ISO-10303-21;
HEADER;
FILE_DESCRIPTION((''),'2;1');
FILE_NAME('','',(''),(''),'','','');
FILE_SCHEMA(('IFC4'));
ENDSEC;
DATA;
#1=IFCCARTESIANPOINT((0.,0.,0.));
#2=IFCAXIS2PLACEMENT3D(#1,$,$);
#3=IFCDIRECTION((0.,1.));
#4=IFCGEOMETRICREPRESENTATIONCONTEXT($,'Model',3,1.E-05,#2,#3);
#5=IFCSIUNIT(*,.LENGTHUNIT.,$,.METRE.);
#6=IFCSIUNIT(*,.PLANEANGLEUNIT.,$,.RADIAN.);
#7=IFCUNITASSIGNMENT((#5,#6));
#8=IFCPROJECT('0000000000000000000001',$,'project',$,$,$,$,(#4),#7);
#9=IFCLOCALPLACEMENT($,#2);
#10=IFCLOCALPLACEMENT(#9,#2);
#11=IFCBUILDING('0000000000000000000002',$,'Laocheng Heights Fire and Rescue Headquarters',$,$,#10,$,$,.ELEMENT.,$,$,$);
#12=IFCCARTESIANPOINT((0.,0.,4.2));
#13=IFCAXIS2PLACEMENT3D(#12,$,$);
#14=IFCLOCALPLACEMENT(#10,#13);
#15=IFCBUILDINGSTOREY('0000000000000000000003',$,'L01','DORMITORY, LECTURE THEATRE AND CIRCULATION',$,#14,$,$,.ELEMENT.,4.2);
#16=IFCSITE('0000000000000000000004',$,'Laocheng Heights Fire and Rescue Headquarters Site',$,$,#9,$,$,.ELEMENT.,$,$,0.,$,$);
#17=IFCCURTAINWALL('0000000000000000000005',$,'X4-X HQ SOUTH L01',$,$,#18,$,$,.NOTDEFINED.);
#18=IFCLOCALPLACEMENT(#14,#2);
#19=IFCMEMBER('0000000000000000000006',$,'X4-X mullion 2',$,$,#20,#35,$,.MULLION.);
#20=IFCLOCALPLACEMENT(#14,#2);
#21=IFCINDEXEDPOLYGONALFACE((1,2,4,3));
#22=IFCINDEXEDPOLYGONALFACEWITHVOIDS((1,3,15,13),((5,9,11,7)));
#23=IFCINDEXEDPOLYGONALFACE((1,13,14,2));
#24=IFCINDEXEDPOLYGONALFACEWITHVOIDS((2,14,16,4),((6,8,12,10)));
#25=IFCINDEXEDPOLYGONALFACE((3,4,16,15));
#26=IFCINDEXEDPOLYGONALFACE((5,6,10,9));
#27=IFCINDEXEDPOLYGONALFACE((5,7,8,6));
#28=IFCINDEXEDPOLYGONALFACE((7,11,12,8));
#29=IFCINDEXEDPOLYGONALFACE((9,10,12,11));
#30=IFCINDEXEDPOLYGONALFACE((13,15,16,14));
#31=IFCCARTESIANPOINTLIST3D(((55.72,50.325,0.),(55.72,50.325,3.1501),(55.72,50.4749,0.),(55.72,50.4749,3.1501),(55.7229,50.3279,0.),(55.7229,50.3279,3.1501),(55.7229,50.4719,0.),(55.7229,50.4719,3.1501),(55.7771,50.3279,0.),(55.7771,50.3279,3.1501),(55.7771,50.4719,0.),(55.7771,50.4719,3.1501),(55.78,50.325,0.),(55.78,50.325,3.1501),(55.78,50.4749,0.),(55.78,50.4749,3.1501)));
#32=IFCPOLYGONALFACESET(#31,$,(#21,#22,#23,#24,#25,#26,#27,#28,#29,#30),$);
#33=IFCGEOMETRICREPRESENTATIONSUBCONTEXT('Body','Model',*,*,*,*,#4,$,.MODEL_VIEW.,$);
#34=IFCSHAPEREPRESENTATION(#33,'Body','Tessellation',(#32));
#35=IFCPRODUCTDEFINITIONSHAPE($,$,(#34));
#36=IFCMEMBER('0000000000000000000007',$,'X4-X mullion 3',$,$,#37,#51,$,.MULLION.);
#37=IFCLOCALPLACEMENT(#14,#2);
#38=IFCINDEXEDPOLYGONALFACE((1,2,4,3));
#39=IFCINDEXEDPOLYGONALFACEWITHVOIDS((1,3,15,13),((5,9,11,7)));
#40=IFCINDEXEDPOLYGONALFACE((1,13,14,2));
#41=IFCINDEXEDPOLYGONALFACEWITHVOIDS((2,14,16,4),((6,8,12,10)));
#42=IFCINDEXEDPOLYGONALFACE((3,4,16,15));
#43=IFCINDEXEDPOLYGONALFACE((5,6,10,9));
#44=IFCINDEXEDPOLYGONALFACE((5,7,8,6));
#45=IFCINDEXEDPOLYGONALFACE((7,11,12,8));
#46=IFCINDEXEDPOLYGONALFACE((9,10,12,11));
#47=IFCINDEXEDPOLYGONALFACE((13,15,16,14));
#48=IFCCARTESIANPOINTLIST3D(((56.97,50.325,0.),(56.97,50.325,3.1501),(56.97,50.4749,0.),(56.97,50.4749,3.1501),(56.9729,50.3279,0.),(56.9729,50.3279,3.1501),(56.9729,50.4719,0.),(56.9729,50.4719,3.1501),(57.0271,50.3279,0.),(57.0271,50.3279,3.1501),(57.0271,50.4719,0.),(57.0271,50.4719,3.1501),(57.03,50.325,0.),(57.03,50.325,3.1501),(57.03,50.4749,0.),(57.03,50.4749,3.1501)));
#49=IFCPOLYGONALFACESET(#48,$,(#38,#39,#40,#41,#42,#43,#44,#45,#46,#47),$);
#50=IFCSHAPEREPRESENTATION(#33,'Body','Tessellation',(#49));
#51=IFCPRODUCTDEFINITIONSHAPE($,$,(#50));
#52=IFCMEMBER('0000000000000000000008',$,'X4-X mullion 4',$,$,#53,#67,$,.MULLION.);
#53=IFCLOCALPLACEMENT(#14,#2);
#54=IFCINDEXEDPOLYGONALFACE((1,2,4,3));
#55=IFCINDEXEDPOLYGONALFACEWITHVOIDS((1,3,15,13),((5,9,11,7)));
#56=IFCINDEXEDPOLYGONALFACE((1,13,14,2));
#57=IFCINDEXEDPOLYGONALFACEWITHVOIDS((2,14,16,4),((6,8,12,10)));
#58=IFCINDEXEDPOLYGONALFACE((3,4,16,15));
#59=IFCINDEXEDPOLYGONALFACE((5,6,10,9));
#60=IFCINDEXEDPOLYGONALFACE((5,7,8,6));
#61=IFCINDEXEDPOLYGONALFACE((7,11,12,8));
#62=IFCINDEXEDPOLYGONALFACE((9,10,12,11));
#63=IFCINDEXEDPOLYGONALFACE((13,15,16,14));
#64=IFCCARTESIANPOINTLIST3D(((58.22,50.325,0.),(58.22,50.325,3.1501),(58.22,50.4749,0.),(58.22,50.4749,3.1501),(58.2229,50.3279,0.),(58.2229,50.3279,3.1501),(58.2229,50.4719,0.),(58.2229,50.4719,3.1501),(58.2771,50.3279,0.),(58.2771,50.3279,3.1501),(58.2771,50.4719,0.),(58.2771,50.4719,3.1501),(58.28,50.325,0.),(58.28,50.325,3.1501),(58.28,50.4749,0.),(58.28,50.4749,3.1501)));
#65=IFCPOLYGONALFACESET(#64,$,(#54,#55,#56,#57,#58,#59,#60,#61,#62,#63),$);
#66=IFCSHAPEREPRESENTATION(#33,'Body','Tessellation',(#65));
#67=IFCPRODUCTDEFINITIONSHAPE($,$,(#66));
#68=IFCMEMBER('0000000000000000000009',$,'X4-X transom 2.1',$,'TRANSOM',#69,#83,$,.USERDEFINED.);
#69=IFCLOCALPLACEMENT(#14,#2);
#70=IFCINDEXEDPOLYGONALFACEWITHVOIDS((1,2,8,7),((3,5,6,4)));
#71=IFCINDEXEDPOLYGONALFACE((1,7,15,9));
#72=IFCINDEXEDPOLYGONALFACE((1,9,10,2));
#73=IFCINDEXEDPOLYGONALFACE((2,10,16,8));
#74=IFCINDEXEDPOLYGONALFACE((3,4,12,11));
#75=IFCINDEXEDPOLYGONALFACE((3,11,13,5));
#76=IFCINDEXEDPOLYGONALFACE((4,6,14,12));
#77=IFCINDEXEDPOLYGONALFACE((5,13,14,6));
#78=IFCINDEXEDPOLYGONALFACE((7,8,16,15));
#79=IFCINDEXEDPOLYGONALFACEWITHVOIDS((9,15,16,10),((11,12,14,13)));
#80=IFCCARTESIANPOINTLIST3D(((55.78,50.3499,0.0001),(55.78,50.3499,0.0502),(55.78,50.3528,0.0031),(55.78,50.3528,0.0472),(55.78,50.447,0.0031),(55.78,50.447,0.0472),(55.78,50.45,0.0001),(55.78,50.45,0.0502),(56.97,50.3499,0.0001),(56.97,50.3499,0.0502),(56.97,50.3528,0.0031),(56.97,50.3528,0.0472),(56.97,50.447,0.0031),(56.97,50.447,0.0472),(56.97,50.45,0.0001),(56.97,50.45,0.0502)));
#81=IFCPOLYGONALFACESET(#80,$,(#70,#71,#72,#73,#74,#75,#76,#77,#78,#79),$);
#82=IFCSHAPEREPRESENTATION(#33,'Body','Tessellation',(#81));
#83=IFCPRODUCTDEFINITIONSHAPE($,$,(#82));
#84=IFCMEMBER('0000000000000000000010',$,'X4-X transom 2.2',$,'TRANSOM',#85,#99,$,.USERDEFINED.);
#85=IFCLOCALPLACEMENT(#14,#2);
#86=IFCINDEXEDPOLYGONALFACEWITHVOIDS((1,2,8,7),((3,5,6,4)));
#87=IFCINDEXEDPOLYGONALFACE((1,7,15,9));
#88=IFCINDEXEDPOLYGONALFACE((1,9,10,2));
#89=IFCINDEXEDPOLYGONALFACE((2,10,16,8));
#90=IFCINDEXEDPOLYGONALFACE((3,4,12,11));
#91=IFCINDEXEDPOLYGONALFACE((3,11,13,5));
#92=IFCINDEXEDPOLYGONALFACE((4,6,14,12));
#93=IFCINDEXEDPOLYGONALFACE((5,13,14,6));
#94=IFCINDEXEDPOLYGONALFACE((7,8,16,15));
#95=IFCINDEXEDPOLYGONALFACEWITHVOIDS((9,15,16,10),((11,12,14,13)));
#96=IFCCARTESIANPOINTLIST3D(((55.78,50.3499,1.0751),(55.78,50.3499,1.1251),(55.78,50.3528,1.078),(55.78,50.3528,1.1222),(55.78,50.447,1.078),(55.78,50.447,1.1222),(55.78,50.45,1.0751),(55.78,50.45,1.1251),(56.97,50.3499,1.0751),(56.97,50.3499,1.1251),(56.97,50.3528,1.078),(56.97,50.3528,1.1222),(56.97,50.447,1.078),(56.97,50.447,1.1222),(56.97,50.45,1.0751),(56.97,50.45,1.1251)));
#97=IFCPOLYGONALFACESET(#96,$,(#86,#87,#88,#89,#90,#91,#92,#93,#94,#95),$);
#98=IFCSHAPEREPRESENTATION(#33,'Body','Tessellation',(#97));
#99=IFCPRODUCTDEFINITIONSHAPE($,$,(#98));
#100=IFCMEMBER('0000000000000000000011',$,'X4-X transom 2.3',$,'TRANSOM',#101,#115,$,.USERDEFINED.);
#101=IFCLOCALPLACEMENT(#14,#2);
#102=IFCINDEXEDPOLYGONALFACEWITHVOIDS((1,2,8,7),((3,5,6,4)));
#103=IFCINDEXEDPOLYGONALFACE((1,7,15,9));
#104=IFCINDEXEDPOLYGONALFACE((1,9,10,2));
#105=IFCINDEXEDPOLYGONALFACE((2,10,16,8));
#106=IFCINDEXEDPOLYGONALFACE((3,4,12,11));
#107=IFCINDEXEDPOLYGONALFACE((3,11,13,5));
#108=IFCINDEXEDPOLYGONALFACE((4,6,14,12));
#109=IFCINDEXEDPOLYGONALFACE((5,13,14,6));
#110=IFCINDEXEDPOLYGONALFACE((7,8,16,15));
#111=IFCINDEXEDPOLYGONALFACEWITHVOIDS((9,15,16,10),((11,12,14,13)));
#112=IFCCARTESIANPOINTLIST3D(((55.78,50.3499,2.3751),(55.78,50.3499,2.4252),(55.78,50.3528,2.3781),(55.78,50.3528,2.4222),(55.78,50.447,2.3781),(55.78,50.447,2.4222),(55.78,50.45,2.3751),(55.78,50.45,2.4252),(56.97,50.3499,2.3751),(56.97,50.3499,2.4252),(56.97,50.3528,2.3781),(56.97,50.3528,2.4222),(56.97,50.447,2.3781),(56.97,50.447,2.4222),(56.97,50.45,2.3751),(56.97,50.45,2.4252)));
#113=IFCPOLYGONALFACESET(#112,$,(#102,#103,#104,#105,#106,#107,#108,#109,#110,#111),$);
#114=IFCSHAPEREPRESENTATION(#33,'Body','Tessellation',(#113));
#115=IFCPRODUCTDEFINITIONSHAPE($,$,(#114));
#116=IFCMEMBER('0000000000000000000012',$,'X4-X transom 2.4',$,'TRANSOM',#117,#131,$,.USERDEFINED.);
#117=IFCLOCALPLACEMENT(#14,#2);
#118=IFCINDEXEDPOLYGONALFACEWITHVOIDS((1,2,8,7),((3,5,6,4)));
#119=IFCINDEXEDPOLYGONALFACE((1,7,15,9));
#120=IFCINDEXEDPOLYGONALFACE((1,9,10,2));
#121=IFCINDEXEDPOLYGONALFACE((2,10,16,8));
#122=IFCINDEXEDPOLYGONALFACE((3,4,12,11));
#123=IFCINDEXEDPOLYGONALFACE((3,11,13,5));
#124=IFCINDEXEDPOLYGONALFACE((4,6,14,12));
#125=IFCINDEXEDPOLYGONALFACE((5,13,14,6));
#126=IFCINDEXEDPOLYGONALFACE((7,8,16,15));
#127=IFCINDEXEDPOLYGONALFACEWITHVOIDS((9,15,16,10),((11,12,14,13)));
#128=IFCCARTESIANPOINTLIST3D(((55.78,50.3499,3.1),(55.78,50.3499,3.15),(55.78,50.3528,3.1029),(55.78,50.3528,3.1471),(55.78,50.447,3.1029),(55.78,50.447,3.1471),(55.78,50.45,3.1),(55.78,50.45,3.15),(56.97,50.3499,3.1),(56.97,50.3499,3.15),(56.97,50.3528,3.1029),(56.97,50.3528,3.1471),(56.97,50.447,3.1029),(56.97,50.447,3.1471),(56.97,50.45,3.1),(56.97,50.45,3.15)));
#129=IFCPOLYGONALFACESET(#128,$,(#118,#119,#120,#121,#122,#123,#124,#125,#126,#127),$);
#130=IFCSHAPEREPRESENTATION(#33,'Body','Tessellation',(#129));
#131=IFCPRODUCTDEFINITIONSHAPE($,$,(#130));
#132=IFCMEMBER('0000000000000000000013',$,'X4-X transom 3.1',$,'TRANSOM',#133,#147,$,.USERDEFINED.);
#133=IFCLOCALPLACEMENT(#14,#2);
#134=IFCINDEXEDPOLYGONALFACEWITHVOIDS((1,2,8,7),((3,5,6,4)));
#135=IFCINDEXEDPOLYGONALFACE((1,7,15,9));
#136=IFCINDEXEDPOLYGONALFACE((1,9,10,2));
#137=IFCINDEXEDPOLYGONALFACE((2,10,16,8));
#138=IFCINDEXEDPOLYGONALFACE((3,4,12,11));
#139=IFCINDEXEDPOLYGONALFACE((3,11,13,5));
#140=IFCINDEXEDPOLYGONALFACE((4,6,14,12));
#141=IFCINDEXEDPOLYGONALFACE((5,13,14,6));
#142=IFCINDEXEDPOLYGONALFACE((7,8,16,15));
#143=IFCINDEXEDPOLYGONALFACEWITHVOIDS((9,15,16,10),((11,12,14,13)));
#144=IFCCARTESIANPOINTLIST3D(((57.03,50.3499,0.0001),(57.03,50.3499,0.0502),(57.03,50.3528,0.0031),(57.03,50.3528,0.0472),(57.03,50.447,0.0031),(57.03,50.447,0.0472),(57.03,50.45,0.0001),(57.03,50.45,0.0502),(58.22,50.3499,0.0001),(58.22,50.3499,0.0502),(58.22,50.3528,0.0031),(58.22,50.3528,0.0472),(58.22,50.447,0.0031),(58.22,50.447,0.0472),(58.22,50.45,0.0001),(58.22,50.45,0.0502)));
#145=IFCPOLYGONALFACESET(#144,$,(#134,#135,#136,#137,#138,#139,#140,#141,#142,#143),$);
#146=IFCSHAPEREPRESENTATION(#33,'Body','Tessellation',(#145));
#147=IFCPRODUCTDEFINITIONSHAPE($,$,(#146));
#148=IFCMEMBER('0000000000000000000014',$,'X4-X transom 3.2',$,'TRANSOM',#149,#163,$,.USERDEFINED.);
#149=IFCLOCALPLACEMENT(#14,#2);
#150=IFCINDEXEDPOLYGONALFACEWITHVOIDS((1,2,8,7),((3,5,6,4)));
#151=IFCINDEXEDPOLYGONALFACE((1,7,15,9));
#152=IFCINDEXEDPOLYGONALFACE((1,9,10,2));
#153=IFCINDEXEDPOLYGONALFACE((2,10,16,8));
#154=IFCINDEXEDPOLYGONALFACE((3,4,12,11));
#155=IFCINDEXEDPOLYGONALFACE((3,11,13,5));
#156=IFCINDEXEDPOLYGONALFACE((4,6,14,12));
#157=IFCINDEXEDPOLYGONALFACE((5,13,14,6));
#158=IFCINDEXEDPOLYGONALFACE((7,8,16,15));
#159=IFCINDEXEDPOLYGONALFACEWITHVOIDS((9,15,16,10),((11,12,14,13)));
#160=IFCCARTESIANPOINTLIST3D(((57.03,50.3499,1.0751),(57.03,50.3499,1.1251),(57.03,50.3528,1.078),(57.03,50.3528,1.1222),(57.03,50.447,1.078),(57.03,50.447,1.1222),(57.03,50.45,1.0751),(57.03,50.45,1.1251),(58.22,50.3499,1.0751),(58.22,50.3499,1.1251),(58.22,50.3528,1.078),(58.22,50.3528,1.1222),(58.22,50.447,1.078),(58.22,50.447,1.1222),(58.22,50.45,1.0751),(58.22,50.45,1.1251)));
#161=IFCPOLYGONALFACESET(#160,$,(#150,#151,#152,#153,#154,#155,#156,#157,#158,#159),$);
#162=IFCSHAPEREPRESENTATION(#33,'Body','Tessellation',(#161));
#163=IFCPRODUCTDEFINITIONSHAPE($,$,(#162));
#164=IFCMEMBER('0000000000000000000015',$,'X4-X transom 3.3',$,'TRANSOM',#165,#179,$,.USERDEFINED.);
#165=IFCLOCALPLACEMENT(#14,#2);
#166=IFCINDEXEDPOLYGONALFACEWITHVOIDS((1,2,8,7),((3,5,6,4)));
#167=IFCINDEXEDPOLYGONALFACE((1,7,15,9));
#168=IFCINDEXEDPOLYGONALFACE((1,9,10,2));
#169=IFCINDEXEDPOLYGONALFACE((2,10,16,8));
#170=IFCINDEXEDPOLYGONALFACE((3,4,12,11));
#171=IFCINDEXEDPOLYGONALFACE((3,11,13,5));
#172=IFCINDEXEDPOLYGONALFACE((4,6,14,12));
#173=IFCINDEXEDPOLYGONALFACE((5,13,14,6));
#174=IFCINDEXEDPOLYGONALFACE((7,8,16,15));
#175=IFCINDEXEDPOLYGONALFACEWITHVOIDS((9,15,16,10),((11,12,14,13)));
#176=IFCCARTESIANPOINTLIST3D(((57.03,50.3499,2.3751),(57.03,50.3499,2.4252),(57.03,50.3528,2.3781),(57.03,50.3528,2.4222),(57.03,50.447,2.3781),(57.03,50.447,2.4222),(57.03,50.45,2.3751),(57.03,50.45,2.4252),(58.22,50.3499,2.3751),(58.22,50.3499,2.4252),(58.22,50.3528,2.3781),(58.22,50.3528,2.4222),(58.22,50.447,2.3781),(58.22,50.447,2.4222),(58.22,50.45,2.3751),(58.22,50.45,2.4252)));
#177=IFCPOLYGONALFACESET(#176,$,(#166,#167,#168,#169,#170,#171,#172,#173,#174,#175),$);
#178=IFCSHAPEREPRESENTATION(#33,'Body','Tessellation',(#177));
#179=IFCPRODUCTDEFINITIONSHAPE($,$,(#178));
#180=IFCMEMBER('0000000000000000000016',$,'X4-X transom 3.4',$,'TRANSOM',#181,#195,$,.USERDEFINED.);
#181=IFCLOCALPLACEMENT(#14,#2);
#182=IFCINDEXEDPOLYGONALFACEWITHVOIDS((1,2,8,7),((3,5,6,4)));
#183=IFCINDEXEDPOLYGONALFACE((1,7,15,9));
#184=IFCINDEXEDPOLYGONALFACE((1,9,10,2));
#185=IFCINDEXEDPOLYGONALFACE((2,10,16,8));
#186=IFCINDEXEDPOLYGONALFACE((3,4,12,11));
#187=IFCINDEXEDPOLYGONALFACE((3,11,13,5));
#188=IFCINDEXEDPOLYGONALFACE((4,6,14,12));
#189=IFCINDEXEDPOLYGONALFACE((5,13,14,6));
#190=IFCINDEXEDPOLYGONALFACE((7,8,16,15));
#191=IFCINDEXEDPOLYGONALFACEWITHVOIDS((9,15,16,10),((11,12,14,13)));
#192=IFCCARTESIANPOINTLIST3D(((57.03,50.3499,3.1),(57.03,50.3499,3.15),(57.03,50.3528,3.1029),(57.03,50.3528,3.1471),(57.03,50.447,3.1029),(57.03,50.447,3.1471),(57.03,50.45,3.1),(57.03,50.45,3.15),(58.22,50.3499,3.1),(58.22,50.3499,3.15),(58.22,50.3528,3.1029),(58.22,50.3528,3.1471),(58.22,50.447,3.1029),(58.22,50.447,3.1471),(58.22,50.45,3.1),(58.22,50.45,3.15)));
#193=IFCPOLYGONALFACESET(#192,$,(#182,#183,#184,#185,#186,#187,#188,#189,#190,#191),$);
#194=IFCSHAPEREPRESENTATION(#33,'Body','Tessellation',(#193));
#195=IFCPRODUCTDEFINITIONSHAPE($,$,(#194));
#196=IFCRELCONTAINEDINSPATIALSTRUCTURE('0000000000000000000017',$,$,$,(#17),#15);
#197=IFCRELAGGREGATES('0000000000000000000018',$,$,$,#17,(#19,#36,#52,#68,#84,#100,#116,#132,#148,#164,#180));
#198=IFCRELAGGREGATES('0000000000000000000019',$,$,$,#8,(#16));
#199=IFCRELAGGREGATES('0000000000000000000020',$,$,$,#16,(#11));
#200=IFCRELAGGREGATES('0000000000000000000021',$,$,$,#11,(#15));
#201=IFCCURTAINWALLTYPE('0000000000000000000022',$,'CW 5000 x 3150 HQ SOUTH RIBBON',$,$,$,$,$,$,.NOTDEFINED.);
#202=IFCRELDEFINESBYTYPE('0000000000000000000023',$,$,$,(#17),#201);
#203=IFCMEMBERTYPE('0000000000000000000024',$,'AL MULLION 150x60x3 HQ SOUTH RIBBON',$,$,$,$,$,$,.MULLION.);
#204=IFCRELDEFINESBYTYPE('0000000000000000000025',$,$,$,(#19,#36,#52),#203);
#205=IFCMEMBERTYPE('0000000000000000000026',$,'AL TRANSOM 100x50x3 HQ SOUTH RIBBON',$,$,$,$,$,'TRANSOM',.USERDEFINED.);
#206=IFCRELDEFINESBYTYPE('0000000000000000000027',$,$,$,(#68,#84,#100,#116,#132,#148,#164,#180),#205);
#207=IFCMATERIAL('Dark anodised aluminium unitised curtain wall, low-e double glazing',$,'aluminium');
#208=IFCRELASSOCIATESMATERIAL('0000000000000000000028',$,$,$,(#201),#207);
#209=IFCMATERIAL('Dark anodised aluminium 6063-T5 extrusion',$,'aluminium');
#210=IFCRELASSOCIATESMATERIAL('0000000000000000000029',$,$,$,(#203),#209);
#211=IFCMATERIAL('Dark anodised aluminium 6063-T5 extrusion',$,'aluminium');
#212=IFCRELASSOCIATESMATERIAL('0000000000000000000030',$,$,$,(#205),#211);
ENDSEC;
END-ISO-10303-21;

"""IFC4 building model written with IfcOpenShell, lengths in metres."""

from ifc_helpers import new_model, si_unit, direction, frame, origin, origin_2d, place, context, subcontext, project, spatial, hollow_rectangle, extrude, material, material_profile, profile_set, type_object, element, aggregate, save


model = new_model("IFC4")

# Units and contexts
model_context = context("Model", 3, precision=1e-05, world=origin(), true_north=direction((0.0, 1.0)))
body_context = subcontext(model_context, "Body", "Model", "MODEL_VIEW")
ifc_project = project(units=[si_unit("LENGTHUNIT", "METRE"), si_unit("PLANEANGLEUNIT", "RADIAN")], contexts=[model_context])

# Site, building, storey
site_placement = place(None, origin())
site = spatial("IfcSite", under=ifc_project, at=site_placement, Name="Laocheng Heights Fire and Rescue Headquarters Site", CompositionType="ELEMENT", RefElevation=0.0)
building_placement = place(site_placement, origin())
building = spatial("IfcBuilding", under=site, at=building_placement, Name="Laocheng Heights Fire and Rescue Headquarters", CompositionType="ELEMENT")
storey_placement = place(building_placement, frame((0.0, 0.0, 4.2)))
storey = spatial("IfcBuildingStorey", under=building, at=storey_placement, Name="L01", Description="DORMITORY, LECTURE THEATRE AND CIRCULATION", CompositionType="ELEMENT", Elevation=4.2)

# Curtain wall, members
ifc_material_1 = material(Name="Dark anodised aluminium unitised curtain wall, low-e double glazing", Category="aluminium")
curtain_wall_type = type_object("IfcCurtainWallType", Name="CW 5000 x 3150 HQ SOUTH RIBBON", PredefinedType="NOTDEFINED", material=ifc_material_1)
curtain_wall_placement = place(storey_placement, origin())
curtain_wall = element("IfcCurtainWall", 1, at=curtain_wall_placement, inside=storey, type_object=curtain_wall_type, Name="X4-X HQ SOUTH L01", PredefinedType="NOTDEFINED")
ifc_material_2 = material(Name="Dark anodised aluminium 6063-T5 extrusion", Category="aluminium")
ifc_material_profile_1 = material_profile(ifc_material_2, hollow_rectangle(XDim=0.1499, YDim=0.0601, WallThickness=0.0029, at=origin_2d()), Name="AL MULLION 150x60x3 HQ SOUTH RIBBON")
ifc_profile_set_1 = profile_set([ifc_material_profile_1], Name="Dark anodised aluminium 6063-T5 extrusion")
member_type_1 = type_object("IfcMemberType", Name="AL MULLION 150x60x3 HQ SOUTH RIBBON", PredefinedType="MULLION", material=ifc_profile_set_1)
member_1_placement = place(storey_placement, frame((55.75, 50.3999, 0.0), z_axis=(0.0, 0.0, 1.0), x_axis=(0.0, 1.0, 0.0)))
member_1 = element("IfcMember", 2, at=member_1_placement, type_object=member_type_1, Name="X4-X mullion 2", PredefinedType="MULLION", context=body_context, shape_type="SweptSolid", body=[
    extrude(hollow_rectangle(XDim=0.1499, YDim=0.0601, WallThickness=0.0029, at=origin_2d()), origin(), (0.0, 0.0, 1.0), 3.1501),
])
member_2_placement = place(storey_placement, frame((57.0, 50.3999, 0.0), z_axis=(0.0, 0.0, 1.0), x_axis=(0.0, 1.0, 0.0)))
member_2 = element("IfcMember", 3, at=member_2_placement, type_object=member_type_1, Name="X4-X mullion 3", PredefinedType="MULLION", context=body_context, shape_type="SweptSolid", body=[
    extrude(hollow_rectangle(XDim=0.1499, YDim=0.0601, WallThickness=0.0029, at=origin_2d()), origin(), (0.0, 0.0, 1.0), 3.1501),
])
member_3_placement = place(storey_placement, frame((58.25, 50.3999, 0.0), z_axis=(0.0, 0.0, 1.0), x_axis=(0.0, 1.0, 0.0)))
member_3 = element("IfcMember", 4, at=member_3_placement, type_object=member_type_1, Name="X4-X mullion 4", PredefinedType="MULLION", context=body_context, shape_type="SweptSolid", body=[
    extrude(hollow_rectangle(XDim=0.1499, YDim=0.0601, WallThickness=0.0029, at=origin_2d()), origin(), (0.0, 0.0, 1.0), 3.1501),
])
ifc_material_3 = material(Name="Dark anodised aluminium 6063-T5 extrusion", Category="aluminium")
ifc_material_profile_2 = material_profile(ifc_material_3, hollow_rectangle(XDim=0.1001, YDim=0.05, WallThickness=0.0029, at=origin_2d()), Name="AL TRANSOM 100x50x3 HQ SOUTH RIBBON")
ifc_profile_set_2 = profile_set([ifc_material_profile_2], Name="Dark anodised aluminium 6063-T5 extrusion")
member_type_2 = type_object("IfcMemberType", Name="AL TRANSOM 100x50x3 HQ SOUTH RIBBON", ElementType="TRANSOM", PredefinedType="USERDEFINED", material=ifc_profile_set_2)
member_4_placement = place(storey_placement, frame((55.78, 50.3999, 0.0251), z_axis=(1.0, 0.0, 0.0), x_axis=(0.0, 1.0, 0.0)))
member_4 = element("IfcMember", 5, at=member_4_placement, type_object=member_type_2, Name="X4-X transom 2.1", ObjectType="TRANSOM", PredefinedType="USERDEFINED", context=body_context, shape_type="SweptSolid", body=[
    extrude(hollow_rectangle(XDim=0.1001, YDim=0.05, WallThickness=0.0029, at=origin_2d()), origin(), (0.0, 0.0, 1.0), 1.1899),
])
member_5_placement = place(storey_placement, frame((55.78, 50.3999, 1.1001), z_axis=(1.0, 0.0, 0.0), x_axis=(0.0, 1.0, 0.0)))
member_5 = element("IfcMember", 6, at=member_5_placement, type_object=member_type_2, Name="X4-X transom 2.2", ObjectType="TRANSOM", PredefinedType="USERDEFINED", context=body_context, shape_type="SweptSolid", body=[
    extrude(hollow_rectangle(XDim=0.1001, YDim=0.05, WallThickness=0.0029, at=origin_2d()), origin(), (0.0, 0.0, 1.0), 1.1899),
])
member_6_placement = place(storey_placement, frame((55.78, 50.3999, 2.4001), z_axis=(1.0, 0.0, 0.0), x_axis=(0.0, 1.0, 0.0)))
member_6 = element("IfcMember", 7, at=member_6_placement, type_object=member_type_2, Name="X4-X transom 2.3", ObjectType="TRANSOM", PredefinedType="USERDEFINED", context=body_context, shape_type="SweptSolid", body=[
    extrude(hollow_rectangle(XDim=0.1001, YDim=0.05, WallThickness=0.0029, at=origin_2d()), origin(), (0.0, 0.0, 1.0), 1.1899),
])
member_7_placement = place(storey_placement, frame((55.78, 50.3999, 3.125), z_axis=(1.0, 0.0, 0.0), x_axis=(0.0, 1.0, 0.0)))
member_7 = element("IfcMember", 8, at=member_7_placement, type_object=member_type_2, Name="X4-X transom 2.4", ObjectType="TRANSOM", PredefinedType="USERDEFINED", context=body_context, shape_type="SweptSolid", body=[
    extrude(hollow_rectangle(XDim=0.1001, YDim=0.05, WallThickness=0.0029, at=origin_2d()), origin(), (0.0, 0.0, 1.0), 1.1899),
])
member_8_placement = place(storey_placement, frame((57.03, 50.3999, 0.0251), z_axis=(1.0, 0.0, 0.0), x_axis=(0.0, 1.0, 0.0)))
member_8 = element("IfcMember", 9, at=member_8_placement, type_object=member_type_2, Name="X4-X transom 3.1", ObjectType="TRANSOM", PredefinedType="USERDEFINED", context=body_context, shape_type="SweptSolid", body=[
    extrude(hollow_rectangle(XDim=0.1001, YDim=0.05, WallThickness=0.0029, at=origin_2d()), origin(), (0.0, 0.0, 1.0), 1.1899),
])
member_9_placement = place(storey_placement, frame((57.03, 50.3999, 1.1001), z_axis=(1.0, 0.0, 0.0), x_axis=(0.0, 1.0, 0.0)))
member_9 = element("IfcMember", 10, at=member_9_placement, type_object=member_type_2, Name="X4-X transom 3.2", ObjectType="TRANSOM", PredefinedType="USERDEFINED", context=body_context, shape_type="SweptSolid", body=[
    extrude(hollow_rectangle(XDim=0.1001, YDim=0.05, WallThickness=0.0029, at=origin_2d()), origin(), (0.0, 0.0, 1.0), 1.1899),
])
member_10_placement = place(storey_placement, frame((57.03, 50.3999, 2.4001), z_axis=(1.0, 0.0, 0.0), x_axis=(0.0, 1.0, 0.0)))
member_10 = element("IfcMember", 11, at=member_10_placement, type_object=member_type_2, Name="X4-X transom 3.3", ObjectType="TRANSOM", PredefinedType="USERDEFINED", context=body_context, shape_type="SweptSolid", body=[
    extrude(hollow_rectangle(XDim=0.1001, YDim=0.05, WallThickness=0.0029, at=origin_2d()), origin(), (0.0, 0.0, 1.0), 1.1899),
])
member_11_placement = place(storey_placement, frame((57.03, 50.3999, 3.125), z_axis=(1.0, 0.0, 0.0), x_axis=(0.0, 1.0, 0.0)))
member_11 = element("IfcMember", 12, at=member_11_placement, type_object=member_type_2, Name="X4-X transom 3.4", ObjectType="TRANSOM", PredefinedType="USERDEFINED", context=body_context, shape_type="SweptSolid", body=[
    extrude(hollow_rectangle(XDim=0.1001, YDim=0.05, WallThickness=0.0029, at=origin_2d()), origin(), (0.0, 0.0, 1.0), 1.1899),
])
aggregate(curtain_wall, [member_1, member_2, member_3, member_4, member_5, member_6, member_7, member_8, member_9, member_10, member_11])

save(model, "model.ifc")
